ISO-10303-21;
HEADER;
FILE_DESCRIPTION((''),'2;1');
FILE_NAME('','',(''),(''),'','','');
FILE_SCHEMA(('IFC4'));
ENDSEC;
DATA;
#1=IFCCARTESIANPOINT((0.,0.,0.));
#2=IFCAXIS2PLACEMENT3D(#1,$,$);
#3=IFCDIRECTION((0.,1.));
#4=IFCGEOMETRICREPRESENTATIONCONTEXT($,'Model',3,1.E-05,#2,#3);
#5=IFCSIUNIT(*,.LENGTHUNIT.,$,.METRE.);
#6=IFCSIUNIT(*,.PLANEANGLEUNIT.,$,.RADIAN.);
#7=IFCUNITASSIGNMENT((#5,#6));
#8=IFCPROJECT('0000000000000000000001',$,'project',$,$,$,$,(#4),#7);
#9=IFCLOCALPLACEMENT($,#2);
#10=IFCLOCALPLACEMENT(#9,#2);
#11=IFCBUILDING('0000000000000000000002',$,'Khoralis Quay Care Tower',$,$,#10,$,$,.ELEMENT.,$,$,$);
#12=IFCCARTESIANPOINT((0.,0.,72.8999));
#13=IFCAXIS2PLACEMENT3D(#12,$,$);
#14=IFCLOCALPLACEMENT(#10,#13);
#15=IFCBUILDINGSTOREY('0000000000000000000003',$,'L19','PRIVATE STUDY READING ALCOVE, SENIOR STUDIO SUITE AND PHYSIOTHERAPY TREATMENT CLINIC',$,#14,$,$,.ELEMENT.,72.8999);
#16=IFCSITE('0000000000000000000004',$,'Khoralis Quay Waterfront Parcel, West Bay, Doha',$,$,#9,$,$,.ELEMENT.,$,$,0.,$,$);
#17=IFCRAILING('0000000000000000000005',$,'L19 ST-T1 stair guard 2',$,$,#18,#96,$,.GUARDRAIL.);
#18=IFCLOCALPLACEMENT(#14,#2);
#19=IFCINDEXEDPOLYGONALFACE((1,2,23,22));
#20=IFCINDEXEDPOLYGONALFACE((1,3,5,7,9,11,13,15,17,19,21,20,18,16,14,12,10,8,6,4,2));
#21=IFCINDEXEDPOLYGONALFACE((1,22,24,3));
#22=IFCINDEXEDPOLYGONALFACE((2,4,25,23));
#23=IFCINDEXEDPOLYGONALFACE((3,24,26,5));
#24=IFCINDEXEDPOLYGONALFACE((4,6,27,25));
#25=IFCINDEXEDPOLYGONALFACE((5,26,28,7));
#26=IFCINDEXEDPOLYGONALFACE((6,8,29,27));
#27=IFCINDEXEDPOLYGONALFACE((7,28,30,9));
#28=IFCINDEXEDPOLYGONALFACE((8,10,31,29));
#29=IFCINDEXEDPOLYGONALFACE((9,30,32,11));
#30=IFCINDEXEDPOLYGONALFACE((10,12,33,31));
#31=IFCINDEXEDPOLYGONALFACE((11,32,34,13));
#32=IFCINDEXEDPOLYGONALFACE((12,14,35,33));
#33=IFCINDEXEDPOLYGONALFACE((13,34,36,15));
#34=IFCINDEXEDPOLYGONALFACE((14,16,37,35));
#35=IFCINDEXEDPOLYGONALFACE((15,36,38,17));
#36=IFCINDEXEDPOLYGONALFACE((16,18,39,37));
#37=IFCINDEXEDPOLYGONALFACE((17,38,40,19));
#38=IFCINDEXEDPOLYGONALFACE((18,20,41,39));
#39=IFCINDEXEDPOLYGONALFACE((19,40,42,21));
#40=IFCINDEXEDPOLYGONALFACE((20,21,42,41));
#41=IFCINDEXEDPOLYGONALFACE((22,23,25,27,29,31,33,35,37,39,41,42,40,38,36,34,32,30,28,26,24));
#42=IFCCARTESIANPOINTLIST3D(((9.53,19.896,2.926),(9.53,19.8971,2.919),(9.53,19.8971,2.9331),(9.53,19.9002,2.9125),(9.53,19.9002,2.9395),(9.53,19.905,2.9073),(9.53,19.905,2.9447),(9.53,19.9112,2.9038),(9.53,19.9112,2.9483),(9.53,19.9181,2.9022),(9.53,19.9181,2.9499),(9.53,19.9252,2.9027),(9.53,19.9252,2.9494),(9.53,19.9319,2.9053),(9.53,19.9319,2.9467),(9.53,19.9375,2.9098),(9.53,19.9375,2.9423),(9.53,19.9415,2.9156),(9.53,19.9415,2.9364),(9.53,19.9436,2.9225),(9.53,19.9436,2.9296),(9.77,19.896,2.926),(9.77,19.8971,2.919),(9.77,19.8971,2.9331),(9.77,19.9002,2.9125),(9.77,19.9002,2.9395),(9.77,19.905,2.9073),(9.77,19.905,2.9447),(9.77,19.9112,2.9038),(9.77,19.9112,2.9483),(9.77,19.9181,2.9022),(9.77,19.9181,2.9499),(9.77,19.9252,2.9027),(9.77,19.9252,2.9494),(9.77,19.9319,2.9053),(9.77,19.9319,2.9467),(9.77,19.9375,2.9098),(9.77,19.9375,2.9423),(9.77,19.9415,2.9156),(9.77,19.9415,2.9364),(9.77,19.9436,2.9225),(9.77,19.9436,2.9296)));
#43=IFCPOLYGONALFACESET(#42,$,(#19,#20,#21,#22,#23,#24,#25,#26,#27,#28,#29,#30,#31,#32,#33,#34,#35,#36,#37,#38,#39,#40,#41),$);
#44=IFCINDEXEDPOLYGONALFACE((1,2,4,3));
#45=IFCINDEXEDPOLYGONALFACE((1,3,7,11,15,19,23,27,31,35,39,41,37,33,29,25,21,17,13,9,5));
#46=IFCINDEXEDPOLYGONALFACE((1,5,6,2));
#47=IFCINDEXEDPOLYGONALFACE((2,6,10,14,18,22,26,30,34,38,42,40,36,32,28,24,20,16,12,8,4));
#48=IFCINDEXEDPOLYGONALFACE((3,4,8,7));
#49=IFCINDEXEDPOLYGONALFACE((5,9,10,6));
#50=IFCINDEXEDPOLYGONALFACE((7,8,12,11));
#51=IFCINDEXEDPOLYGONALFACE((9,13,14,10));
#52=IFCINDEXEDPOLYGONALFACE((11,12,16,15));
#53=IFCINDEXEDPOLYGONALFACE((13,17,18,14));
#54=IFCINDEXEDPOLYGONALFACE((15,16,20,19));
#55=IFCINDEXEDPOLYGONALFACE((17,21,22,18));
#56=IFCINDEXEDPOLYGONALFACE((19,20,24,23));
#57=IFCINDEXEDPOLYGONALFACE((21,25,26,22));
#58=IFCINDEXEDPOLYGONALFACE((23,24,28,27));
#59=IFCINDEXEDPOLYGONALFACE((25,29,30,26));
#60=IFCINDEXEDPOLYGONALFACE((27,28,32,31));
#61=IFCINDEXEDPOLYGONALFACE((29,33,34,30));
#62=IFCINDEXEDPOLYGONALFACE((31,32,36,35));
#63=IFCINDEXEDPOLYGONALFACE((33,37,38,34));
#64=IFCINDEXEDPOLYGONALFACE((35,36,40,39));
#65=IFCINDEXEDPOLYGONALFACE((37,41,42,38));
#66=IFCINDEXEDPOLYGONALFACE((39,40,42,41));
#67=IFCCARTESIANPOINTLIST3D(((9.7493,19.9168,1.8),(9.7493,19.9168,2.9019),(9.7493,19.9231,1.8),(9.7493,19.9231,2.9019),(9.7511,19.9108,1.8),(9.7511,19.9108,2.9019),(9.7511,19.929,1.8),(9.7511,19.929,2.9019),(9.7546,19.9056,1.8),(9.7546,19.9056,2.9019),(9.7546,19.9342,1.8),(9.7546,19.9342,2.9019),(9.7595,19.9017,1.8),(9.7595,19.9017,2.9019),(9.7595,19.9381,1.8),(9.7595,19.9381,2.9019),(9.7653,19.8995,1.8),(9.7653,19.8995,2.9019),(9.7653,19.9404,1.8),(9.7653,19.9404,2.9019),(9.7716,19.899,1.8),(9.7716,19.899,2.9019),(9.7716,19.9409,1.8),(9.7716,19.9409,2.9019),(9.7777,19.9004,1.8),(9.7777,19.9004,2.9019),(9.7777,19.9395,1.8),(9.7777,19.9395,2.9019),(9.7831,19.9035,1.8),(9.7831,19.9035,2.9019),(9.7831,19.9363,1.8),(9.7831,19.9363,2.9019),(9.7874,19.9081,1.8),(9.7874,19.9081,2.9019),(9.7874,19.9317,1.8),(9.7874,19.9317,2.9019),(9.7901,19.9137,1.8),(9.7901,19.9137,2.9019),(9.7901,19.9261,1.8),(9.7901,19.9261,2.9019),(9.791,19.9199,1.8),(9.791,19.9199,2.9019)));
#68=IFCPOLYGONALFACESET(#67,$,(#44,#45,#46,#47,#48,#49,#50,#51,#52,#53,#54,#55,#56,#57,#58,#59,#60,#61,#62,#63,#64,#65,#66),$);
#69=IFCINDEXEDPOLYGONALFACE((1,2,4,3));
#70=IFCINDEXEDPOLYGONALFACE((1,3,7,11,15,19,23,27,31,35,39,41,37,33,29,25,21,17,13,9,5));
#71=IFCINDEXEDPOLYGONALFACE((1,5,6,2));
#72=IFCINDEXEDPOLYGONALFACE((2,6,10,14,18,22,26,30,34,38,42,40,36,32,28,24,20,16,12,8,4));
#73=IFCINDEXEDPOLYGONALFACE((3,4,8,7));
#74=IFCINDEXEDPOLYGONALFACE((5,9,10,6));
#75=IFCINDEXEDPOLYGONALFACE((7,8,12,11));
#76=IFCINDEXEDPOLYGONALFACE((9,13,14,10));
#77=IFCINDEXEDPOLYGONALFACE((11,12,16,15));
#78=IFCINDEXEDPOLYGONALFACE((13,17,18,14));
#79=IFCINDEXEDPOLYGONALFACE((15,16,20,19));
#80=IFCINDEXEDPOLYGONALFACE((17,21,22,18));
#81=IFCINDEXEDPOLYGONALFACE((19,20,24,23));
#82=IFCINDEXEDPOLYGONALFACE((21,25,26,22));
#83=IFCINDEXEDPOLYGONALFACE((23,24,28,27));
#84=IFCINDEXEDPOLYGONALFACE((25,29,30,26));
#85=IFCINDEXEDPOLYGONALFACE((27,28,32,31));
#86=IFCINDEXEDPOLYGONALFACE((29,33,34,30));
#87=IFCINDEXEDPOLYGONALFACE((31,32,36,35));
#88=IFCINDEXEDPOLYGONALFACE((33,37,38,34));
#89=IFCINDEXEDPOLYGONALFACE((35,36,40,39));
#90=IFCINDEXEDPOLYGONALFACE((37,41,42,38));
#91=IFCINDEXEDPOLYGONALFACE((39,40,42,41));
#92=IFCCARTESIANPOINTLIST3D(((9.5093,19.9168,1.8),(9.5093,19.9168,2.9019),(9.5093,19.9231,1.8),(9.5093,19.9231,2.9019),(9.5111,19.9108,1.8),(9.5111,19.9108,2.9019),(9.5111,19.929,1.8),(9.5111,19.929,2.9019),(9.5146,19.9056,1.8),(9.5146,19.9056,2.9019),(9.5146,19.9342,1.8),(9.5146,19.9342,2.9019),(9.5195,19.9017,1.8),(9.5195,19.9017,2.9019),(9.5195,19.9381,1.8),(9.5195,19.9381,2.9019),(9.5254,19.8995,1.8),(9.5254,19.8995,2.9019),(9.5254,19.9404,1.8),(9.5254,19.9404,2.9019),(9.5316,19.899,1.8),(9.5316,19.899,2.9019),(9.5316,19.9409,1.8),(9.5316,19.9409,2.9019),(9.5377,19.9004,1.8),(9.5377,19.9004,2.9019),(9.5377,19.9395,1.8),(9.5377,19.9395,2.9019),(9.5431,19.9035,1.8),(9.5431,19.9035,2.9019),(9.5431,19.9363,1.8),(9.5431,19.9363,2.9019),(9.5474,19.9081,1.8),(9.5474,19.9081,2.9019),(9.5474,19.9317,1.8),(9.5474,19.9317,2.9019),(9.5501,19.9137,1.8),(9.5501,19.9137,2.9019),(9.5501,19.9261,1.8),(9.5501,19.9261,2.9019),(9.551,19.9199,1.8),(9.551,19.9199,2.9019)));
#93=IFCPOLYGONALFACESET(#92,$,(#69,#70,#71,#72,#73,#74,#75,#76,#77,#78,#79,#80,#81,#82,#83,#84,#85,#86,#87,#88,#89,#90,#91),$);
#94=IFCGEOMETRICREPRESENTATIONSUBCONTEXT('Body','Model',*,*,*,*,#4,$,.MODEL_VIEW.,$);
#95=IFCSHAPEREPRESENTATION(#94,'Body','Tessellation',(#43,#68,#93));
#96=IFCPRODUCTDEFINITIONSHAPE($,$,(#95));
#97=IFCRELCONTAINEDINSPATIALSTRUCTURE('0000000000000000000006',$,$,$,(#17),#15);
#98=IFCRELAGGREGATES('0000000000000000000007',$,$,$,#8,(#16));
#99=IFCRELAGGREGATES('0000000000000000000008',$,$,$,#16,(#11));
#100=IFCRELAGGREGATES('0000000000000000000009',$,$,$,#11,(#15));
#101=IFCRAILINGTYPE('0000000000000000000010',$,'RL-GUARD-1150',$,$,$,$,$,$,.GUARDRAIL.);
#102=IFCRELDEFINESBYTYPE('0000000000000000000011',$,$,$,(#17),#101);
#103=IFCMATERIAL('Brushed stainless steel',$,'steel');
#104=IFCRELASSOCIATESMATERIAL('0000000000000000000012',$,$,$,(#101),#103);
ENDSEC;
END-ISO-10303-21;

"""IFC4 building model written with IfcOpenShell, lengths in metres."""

from ifc_helpers import new_model, si_unit, direction, frame, origin, origin_2d, place, context, subcontext, project, spatial, circle, extrude, material, type_object, element, save


model = new_model("IFC4")

# Units and contexts
model_context = context("Model", 3, precision=1e-05, world=origin(), true_north=direction((0.0, 1.0)))
body_context = subcontext(model_context, "Body", "Model", "MODEL_VIEW")
ifc_project = project(units=[si_unit("LENGTHUNIT", "METRE"), si_unit("PLANEANGLEUNIT", "RADIAN")], contexts=[model_context])

# Site, building, storey
site_placement = place(None, origin())
site = spatial("IfcSite", under=ifc_project, at=site_placement, Name="Khoralis Quay Waterfront Parcel, West Bay, Doha", CompositionType="ELEMENT", RefElevation=0.0)
building_placement = place(site_placement, origin())
building = spatial("IfcBuilding", under=site, at=building_placement, Name="Khoralis Quay Care Tower", CompositionType="ELEMENT")
storey_placement = place(building_placement, frame((0.0, 0.0, 72.8999)))
storey = spatial("IfcBuildingStorey", under=building, at=storey_placement, Name="L19", Description="PRIVATE STUDY READING ALCOVE, SENIOR STUDIO SUITE AND PHYSIOTHERAPY TREATMENT CLINIC", CompositionType="ELEMENT", Elevation=72.8999)

# Shared definitions
ifc_material_1 = material(Name="Brushed stainless steel", Category="steel")

# Railing
railing_type_1 = type_object("IfcRailingType", Name="RL-GUARD-1150", PredefinedType="GUARDRAIL", material=ifc_material_1)
railing_1_placement = place(storey_placement, frame((9.77, 19.9199, 1.8)))
element("IfcRailing", 1, at=railing_1_placement, inside=storey, type_object=railing_type_1, Name="L19 ST-T1 stair guard 2", PredefinedType="GUARDRAIL", context=body_context, shape_type="SweptSolid", body=[
    extrude(circle(Radius=0.0239, at=origin_2d()), frame((0.0, 0.0, 1.126), z_axis=(-1.0, 0.0, 0.0), x_axis=(0.0, -1.0, 0.0)), (0.0, 0.0, 1.0), 0.24),
    extrude(circle(Radius=0.021, at=origin_2d()), origin(), (0.0, 0.0, 1.0), 1.1018),
    extrude(circle(Radius=0.021, at=origin_2d()), frame((-0.24, 0.0, 0.0)), (0.0, 0.0, 1.0), 1.1018),
])

save(model, "model.ifc")
